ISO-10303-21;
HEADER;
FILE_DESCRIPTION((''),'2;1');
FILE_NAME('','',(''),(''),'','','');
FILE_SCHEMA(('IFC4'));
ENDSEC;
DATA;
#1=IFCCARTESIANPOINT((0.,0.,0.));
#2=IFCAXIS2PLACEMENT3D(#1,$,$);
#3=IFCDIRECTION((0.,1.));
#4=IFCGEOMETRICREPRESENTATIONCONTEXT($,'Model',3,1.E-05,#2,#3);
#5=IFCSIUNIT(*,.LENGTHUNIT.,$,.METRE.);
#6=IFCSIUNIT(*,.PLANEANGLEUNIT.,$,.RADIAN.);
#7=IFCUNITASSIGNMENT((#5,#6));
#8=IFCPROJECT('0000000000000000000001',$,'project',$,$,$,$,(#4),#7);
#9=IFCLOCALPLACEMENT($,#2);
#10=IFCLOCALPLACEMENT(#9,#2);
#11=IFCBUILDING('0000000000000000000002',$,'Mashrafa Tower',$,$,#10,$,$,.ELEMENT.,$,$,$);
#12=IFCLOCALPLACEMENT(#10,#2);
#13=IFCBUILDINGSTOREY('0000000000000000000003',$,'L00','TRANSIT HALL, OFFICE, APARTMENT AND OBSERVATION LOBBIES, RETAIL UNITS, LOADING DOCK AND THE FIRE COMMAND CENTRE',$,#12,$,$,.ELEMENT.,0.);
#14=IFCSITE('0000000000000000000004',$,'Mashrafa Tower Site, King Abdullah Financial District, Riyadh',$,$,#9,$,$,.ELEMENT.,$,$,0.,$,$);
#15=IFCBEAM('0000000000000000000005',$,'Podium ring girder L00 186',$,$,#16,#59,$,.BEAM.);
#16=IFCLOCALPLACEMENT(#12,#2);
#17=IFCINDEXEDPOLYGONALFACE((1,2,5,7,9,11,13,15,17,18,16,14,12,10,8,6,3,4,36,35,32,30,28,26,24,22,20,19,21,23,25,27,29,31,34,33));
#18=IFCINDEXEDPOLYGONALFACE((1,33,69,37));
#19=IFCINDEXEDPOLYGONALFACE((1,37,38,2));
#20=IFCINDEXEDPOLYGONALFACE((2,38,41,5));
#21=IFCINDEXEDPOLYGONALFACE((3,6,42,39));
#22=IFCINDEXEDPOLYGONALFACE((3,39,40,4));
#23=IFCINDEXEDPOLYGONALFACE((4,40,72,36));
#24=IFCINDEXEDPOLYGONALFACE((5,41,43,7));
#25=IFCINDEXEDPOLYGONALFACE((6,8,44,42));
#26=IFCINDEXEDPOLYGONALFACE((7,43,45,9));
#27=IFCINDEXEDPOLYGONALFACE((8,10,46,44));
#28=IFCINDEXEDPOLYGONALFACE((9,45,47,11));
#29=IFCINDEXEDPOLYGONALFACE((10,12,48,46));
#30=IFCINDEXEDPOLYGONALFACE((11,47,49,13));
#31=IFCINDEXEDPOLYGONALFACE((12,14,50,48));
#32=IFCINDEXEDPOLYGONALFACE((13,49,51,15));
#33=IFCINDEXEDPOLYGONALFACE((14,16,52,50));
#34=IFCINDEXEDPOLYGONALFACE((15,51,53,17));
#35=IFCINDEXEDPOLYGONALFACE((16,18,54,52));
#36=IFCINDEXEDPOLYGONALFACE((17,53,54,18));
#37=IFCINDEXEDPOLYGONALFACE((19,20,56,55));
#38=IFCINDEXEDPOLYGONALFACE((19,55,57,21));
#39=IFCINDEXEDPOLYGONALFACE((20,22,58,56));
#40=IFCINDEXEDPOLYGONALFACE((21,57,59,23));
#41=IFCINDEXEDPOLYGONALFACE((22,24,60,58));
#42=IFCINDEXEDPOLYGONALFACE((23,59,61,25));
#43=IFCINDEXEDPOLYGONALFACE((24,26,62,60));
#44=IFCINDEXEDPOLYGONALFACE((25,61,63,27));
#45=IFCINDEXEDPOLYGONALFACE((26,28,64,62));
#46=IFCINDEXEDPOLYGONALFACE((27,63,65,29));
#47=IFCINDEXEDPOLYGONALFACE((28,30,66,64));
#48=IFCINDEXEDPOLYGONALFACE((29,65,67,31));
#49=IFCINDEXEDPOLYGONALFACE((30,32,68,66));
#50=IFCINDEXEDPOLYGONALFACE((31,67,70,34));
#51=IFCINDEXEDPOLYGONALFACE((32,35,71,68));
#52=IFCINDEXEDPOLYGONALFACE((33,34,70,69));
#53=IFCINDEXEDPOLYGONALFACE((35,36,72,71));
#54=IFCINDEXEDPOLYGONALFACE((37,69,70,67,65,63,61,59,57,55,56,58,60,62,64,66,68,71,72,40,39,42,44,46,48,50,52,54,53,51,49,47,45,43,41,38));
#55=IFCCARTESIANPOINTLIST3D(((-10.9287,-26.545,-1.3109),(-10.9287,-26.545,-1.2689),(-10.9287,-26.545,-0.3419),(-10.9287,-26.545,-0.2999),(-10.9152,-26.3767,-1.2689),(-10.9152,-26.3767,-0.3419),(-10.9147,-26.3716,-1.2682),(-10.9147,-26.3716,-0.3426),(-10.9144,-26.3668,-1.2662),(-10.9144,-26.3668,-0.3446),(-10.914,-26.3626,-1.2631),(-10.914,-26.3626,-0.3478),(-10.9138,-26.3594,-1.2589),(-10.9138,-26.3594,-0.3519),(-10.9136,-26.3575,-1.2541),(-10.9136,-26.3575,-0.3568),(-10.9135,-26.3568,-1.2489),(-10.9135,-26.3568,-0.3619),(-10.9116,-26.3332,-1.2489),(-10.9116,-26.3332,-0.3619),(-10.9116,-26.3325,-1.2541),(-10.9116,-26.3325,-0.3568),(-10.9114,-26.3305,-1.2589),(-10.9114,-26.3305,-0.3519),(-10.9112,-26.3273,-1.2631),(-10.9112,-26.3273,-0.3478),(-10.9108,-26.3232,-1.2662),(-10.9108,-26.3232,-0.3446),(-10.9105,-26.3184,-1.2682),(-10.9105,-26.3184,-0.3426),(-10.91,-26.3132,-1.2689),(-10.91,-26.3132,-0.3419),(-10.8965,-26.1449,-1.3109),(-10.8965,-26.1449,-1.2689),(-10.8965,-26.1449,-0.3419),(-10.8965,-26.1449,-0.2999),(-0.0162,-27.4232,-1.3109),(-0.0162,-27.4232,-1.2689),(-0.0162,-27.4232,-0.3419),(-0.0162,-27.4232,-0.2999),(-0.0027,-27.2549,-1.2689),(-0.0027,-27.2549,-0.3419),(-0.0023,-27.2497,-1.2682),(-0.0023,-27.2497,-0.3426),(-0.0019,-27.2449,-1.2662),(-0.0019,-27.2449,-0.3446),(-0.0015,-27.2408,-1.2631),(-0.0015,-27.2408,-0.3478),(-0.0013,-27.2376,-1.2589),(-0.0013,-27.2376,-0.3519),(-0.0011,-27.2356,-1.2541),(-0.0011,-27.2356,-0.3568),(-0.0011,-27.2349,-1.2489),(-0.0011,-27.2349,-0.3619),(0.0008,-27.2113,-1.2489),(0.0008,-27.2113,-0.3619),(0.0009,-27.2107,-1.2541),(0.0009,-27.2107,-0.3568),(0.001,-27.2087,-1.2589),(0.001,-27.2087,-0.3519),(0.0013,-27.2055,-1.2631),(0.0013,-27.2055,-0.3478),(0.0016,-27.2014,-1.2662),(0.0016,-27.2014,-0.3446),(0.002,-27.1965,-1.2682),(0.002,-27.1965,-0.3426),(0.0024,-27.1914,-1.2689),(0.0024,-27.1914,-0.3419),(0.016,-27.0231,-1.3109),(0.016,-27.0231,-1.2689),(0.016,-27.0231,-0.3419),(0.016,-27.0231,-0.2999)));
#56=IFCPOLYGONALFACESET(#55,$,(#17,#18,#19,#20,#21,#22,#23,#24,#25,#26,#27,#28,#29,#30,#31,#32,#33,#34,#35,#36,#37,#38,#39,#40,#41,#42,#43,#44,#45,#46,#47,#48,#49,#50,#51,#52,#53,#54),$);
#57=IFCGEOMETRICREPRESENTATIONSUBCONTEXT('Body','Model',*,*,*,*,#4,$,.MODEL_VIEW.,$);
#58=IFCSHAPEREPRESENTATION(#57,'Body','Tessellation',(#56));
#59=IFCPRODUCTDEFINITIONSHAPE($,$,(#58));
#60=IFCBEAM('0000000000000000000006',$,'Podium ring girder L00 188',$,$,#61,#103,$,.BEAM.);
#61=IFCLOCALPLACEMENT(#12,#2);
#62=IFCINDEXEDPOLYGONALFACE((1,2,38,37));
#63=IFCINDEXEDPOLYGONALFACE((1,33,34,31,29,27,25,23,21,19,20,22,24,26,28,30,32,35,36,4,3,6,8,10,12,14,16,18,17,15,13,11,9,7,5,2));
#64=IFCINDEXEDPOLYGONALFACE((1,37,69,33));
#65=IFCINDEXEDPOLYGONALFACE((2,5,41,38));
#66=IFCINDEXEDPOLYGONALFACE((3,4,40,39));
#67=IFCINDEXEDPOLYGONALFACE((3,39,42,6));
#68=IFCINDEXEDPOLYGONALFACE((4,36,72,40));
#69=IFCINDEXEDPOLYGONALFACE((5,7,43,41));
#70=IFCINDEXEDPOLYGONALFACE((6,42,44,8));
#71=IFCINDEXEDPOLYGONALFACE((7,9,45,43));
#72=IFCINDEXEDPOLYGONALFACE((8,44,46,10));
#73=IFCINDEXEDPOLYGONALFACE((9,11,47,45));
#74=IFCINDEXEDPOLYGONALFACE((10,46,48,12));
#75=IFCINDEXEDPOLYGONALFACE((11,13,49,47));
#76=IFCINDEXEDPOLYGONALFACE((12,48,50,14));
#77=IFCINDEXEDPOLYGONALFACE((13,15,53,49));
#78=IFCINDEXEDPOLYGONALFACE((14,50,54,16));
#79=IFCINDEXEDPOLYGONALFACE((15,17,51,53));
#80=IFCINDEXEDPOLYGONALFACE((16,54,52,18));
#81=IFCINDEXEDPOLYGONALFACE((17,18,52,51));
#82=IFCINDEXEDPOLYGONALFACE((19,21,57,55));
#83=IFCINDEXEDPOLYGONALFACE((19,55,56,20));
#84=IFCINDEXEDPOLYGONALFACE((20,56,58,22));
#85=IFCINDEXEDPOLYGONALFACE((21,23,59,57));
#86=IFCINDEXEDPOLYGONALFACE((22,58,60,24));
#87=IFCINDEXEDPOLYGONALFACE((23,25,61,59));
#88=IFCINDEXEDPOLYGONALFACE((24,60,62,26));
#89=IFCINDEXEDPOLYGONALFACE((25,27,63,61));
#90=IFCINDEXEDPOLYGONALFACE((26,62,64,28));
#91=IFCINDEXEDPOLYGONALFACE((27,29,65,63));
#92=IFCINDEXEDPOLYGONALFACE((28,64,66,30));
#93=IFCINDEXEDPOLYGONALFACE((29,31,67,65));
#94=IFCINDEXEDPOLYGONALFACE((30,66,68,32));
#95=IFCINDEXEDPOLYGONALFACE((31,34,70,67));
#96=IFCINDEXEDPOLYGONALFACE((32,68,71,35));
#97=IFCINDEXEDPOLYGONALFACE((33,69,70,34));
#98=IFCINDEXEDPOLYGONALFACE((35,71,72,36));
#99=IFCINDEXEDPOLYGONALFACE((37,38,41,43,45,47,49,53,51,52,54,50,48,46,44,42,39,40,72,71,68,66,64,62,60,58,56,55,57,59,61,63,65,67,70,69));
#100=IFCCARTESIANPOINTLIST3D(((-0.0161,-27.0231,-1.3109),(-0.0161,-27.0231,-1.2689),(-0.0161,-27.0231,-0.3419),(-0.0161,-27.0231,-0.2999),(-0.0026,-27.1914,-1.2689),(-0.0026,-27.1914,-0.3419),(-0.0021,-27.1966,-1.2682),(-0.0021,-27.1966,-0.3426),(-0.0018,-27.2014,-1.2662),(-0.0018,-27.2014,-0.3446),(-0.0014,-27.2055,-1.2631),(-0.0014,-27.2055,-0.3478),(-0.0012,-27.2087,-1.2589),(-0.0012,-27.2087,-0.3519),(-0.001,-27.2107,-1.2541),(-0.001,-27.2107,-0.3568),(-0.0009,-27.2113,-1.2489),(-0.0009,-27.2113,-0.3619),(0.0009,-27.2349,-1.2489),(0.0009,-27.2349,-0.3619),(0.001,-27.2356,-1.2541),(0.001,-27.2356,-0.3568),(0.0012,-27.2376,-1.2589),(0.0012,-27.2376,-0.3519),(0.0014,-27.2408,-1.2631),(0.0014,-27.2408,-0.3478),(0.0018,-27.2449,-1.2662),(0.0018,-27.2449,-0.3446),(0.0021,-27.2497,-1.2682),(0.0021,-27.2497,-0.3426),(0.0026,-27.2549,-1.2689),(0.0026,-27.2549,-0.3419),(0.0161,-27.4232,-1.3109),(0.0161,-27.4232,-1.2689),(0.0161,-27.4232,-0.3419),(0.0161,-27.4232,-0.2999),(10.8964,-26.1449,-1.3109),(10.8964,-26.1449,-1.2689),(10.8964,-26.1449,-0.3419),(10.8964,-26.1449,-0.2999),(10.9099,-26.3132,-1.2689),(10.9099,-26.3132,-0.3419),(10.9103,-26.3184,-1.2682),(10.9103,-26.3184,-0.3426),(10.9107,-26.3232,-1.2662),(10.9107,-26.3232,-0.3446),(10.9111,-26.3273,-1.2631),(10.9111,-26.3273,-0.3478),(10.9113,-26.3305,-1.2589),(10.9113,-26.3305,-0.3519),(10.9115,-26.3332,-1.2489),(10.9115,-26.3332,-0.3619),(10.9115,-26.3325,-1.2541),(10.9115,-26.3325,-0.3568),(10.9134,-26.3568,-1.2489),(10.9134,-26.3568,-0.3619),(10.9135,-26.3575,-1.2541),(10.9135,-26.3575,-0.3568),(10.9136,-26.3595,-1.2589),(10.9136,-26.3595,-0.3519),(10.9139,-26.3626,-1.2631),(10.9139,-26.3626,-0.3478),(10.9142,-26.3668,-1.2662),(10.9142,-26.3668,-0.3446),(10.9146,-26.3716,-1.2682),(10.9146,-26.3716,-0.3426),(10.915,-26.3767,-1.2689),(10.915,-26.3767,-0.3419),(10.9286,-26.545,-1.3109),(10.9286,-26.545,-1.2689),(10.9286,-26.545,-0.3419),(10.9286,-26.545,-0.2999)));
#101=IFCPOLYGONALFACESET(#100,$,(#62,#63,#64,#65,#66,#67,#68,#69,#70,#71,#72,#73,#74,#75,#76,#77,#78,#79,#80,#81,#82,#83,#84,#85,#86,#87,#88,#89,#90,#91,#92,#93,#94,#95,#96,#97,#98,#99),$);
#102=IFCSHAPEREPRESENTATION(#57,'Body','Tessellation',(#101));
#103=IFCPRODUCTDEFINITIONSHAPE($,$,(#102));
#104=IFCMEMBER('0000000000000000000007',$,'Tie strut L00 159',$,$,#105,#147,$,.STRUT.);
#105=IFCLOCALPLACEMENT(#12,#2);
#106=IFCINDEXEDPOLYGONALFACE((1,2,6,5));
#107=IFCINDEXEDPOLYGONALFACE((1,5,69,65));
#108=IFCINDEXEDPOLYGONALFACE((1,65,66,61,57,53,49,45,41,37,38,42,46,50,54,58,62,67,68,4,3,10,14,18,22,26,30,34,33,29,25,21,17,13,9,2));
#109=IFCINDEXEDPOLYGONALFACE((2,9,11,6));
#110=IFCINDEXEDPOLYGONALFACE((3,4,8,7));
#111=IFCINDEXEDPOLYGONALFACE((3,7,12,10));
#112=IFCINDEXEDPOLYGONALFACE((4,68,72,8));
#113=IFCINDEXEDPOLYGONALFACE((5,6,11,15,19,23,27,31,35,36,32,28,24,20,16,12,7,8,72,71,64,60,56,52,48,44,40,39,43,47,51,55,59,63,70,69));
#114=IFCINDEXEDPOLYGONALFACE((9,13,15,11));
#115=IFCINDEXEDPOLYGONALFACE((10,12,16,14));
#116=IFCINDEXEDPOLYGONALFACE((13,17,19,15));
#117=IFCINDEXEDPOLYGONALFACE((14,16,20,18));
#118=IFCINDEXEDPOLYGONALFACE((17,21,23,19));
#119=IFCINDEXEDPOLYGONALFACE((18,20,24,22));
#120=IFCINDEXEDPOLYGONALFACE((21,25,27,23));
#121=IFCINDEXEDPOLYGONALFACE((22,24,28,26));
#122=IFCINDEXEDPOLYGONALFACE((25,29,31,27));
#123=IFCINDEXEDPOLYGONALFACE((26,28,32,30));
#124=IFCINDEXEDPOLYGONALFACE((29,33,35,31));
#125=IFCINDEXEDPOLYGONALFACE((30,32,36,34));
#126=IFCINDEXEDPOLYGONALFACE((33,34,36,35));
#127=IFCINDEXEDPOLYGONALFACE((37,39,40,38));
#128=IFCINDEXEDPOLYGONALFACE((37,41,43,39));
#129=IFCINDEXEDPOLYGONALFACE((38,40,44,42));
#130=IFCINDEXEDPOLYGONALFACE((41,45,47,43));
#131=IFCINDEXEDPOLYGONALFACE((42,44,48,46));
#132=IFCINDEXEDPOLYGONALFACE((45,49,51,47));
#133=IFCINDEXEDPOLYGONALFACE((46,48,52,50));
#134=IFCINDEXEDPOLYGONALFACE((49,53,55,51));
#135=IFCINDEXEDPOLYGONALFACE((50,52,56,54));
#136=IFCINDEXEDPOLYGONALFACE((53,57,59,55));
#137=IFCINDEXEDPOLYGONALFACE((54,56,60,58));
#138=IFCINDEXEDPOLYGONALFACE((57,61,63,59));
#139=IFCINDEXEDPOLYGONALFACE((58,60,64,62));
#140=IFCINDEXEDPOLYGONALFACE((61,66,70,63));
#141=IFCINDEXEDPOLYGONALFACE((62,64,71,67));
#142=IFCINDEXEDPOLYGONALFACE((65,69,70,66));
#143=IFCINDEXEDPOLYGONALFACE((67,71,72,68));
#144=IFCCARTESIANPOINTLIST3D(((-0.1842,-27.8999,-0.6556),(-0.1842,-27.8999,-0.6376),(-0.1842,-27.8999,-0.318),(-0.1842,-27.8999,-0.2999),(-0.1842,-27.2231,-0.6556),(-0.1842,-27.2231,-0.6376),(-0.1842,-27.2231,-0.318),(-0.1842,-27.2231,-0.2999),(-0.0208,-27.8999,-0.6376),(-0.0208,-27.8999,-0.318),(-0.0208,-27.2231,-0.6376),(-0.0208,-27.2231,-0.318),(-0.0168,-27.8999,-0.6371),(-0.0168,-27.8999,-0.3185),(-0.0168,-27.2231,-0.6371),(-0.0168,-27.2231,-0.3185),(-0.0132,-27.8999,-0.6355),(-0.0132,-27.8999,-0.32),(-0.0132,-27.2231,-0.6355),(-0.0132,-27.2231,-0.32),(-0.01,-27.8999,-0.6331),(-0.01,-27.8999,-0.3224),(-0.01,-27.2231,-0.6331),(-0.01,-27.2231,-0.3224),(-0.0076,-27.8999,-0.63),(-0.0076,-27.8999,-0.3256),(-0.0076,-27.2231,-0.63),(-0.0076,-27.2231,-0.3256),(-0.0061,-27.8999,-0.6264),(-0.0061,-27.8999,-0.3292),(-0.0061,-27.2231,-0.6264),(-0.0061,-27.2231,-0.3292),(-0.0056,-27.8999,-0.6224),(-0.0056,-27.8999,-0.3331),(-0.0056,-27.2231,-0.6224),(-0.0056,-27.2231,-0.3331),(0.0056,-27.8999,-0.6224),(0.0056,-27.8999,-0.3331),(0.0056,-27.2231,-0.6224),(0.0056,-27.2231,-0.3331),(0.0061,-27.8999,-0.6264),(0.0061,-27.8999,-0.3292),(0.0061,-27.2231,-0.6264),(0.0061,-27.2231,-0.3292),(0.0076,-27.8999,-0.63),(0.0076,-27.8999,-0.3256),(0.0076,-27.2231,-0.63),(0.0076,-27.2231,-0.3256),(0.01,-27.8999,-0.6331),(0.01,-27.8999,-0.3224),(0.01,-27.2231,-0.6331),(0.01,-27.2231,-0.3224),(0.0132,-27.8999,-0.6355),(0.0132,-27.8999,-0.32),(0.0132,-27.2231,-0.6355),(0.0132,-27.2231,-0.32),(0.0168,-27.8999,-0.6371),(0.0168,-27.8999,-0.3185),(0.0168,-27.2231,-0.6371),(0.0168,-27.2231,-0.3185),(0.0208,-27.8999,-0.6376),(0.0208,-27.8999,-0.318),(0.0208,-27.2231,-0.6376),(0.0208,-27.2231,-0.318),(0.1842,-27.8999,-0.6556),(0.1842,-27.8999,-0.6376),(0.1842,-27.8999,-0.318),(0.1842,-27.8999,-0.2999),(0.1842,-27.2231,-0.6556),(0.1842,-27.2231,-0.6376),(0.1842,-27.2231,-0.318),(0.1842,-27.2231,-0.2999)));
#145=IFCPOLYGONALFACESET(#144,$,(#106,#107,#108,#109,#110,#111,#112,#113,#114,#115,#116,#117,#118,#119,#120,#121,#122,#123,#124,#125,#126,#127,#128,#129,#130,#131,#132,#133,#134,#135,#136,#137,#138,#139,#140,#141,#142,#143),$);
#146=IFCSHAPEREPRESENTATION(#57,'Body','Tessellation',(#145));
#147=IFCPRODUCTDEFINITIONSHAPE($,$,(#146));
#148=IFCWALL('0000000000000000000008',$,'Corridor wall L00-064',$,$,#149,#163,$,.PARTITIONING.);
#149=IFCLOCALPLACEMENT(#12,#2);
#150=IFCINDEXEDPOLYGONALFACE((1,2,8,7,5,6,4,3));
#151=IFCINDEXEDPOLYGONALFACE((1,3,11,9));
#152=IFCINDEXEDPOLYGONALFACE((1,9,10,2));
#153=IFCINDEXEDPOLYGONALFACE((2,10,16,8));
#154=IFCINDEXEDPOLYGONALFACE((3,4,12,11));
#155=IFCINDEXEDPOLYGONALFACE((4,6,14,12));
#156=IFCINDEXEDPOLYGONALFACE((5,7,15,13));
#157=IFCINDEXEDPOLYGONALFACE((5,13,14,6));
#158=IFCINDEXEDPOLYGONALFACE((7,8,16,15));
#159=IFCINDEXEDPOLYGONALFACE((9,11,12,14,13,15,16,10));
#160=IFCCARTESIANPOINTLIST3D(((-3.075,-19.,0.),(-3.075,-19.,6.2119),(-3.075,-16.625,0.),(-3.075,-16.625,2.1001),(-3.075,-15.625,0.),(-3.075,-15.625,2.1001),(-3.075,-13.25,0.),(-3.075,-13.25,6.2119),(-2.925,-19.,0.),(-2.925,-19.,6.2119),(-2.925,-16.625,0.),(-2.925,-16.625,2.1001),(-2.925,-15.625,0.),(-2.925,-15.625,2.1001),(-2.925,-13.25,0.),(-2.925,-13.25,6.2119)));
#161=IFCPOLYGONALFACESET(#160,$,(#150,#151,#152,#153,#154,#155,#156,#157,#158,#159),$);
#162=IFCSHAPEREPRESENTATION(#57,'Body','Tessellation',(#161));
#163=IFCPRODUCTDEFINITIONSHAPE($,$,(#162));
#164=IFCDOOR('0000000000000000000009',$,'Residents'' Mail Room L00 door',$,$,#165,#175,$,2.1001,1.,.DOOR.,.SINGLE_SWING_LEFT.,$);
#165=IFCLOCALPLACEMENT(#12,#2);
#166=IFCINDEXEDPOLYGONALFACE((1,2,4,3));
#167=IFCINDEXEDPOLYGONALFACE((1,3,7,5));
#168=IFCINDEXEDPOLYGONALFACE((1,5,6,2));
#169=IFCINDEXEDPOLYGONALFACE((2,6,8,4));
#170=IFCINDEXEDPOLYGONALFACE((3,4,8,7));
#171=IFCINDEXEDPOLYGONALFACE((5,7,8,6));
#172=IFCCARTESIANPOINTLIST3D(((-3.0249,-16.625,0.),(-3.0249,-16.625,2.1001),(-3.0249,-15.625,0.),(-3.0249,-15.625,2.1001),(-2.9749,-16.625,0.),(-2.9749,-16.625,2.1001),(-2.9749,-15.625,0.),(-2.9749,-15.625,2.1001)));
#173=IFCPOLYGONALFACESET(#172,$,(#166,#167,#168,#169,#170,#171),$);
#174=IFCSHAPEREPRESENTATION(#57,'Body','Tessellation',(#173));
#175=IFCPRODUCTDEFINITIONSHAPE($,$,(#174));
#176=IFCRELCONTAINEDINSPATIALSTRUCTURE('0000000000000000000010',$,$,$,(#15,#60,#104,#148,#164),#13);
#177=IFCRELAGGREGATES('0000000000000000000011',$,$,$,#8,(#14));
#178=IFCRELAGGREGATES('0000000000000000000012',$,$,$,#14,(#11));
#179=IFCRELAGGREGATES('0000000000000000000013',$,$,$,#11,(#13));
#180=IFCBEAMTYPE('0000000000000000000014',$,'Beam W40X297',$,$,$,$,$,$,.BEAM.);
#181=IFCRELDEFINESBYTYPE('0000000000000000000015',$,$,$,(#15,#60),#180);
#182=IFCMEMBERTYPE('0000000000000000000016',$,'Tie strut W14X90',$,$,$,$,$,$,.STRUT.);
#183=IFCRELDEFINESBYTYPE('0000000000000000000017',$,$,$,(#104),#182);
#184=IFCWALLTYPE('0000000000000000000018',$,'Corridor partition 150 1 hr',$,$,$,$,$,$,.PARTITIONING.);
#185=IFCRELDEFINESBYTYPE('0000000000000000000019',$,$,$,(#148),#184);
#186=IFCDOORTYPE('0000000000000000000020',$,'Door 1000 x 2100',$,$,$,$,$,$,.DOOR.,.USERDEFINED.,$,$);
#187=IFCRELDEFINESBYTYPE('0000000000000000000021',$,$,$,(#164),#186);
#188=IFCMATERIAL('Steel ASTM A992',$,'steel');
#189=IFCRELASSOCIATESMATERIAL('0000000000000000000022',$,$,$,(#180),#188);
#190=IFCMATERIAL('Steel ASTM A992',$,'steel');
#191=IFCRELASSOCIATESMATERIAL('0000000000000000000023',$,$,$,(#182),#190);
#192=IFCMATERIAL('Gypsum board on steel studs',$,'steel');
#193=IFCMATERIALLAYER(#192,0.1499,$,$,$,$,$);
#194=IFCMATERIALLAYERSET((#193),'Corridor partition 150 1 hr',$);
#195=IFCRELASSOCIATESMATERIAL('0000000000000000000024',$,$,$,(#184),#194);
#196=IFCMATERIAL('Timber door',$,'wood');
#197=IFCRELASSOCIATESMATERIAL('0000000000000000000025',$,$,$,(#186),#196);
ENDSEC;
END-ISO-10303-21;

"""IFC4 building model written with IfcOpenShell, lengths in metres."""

from ifc_helpers import new_model, si_unit, direction, frame, frame_2d, origin, origin_2d, place, context, subcontext, project, spatial, rectangle, i_section, extrude, source, transform, mapped, material, layer, layer_set, material_profile, profile_set, type_object, type_shapes, element, fill, save


model = new_model("IFC4")

# Units and contexts
model_context = context("Model", 3, precision=1e-05, world=origin(), true_north=direction((0.0, 1.0)))
body_context = subcontext(model_context, "Body", "Model", "MODEL_VIEW")
ifc_project = project(units=[si_unit("LENGTHUNIT", "METRE"), si_unit("PLANEANGLEUNIT", "RADIAN")], contexts=[model_context])

# Site, building, storey
site_placement = place(None, origin())
site = spatial("IfcSite", under=ifc_project, at=site_placement, Name="Mashrafa Tower Site, King Abdullah Financial District, Riyadh", CompositionType="ELEMENT", RefElevation=0.0)
building_placement = place(site_placement, origin())
building = spatial("IfcBuilding", under=site, at=building_placement, Name="Mashrafa Tower", CompositionType="ELEMENT")
storey_placement = place(building_placement, origin())
storey = spatial("IfcBuildingStorey", under=building, at=storey_placement, Name="L00", Description="TRANSIT HALL, OFFICE, APARTMENT AND OBSERVATION LOBBIES, RETAIL UNITS, LOADING DOCK AND THE FIRE COMMAND CENTRE", CompositionType="ELEMENT", Elevation=0.0)

# Beams
ifc_material_1 = material(Name="Steel ASTM A992", Category="steel")
ifc_material_profile_1 = material_profile(ifc_material_1, i_section(OverallWidth=0.4014, OverallDepth=1.011, WebThickness=0.0237, FlangeThickness=0.042, FilletRadius=0.02, at=origin_2d()), Name="W40X297")
ifc_profile_set_1 = profile_set([ifc_material_profile_1], Name="Steel ASTM A992")
beam_type_1 = type_object("IfcBeamType", Name="Beam W40X297", PredefinedType="BEAM", material=ifc_profile_set_1)
for number, where, z_axis, x_axis, name in (
    (1, (-10.9126, -26.345, -0.8054), (0.996778, -0.080214, 0.0), (0.080214, 0.996778, 0.0), "Podium ring girder L00 186"),
    (2, (0.0, -27.2231, -0.8054), (0.996778, 0.080214, 0.0), (-0.080214, 0.996778, 0.0), "Podium ring girder L00 188"),
):
    element("IfcBeam", number, at=place(storey_placement, frame(where, z_axis=z_axis, x_axis=x_axis)), inside=storey, type_object=beam_type_1, Name=name, PredefinedType="BEAM", context=body_context, shape_type="SweptSolid", body=[
        extrude(i_section(OverallWidth=0.4014, OverallDepth=1.011, WebThickness=0.0237, FlangeThickness=0.042, FilletRadius=0.02, at=origin_2d()), origin(), (0.0, 0.0, 1.0), 10.9478),
    ])

# Member
ifc_material_2 = material(Name="Steel ASTM A992", Category="steel")
ifc_material_profile_2 = material_profile(ifc_material_2, i_section(OverallWidth=0.3684, OverallDepth=0.3557, WebThickness=0.0112, FlangeThickness=0.0181, FilletRadius=0.0151, at=origin_2d()), Name="W14X90")
ifc_profile_set_2 = profile_set([ifc_material_profile_2], Name="Steel ASTM A992")
member_type = type_object("IfcMemberType", Name="Tie strut W14X90", PredefinedType="STRUT", material=ifc_profile_set_2)
shared_shape = source(origin(), body_context, "Body", "SweptSolid", [
    extrude(i_section(OverallWidth=0.3684, OverallDepth=0.3557, WebThickness=0.0112, FlangeThickness=0.0181, FilletRadius=0.0151, at=origin_2d()), origin(), (0.0, 0.0, 1.0), 0.6768),
])
type_shapes(member_type, [shared_shape])
member_placement = place(storey_placement, frame((0.0, -27.2231, -0.4778), z_axis=(0.0, -1.0, 0.0), x_axis=(1.0, 0.0, 0.0)))
element("IfcMember", 3, at=member_placement, inside=storey, type_object=member_type, Name="Tie strut L00 159", PredefinedType="STRUT", context=body_context, shape_type="MappedRepresentation", body=[
    mapped(shared_shape, transform((0.0, 0.0, 0.0))),
])

# Wall, opening, door
ifc_material_3 = material(Name="Gypsum board on steel studs", Category="steel")
ifc_layer_1 = layer(ifc_material_3, 0.1499)
ifc_layer_set_1 = layer_set([ifc_layer_1], Name="Corridor partition 150 1 hr")
wall_type_1 = type_object("IfcWallType", Name="Corridor partition 150 1 hr", PredefinedType="PARTITIONING", material=ifc_layer_set_1)
wall_1_placement = place(storey_placement, frame((-3.0, -19.0, 0.0), z_axis=(0.0, 0.0, 1.0), x_axis=(0.0, 1.0, 0.0)))
wall_1 = element("IfcWall", 4, at=wall_1_placement, inside=storey, type_object=wall_type_1, Name="Corridor wall L00-064", PredefinedType="PARTITIONING", context=body_context, shape_type="SweptSolid", body=[
    extrude(rectangle(XDim=5.75, YDim=0.1499, at=frame_2d((2.875, 0.0))), origin(), (0.0, 0.0, 1.0), 6.2119),
])
opening_placement = place(wall_1_placement, frame((2.375, 0.0, 0.0)))
opening = element("IfcOpeningElement", 5, at=opening_placement, cuts=wall_1, PredefinedType="OPENING", context=body_context, shape_type="SweptSolid", body=[
    extrude(rectangle(XDim=1.0, YDim=2.1001, at=frame_2d((0.5, 1.05))), frame((0.0, 0.085, 0.0), z_axis=(0.0, -1.0, 0.0), x_axis=(1.0, 0.0, 0.0)), (0.0, 0.0, 1.0), 0.1699),
])
ifc_material_4 = material(Name="Timber door", Category="wood")
door_type = type_object("IfcDoorType", Name="Door 1000 x 2100", OperationType="USERDEFINED", PredefinedType="DOOR", material=ifc_material_4)
door_placement = place(opening_placement, origin())
door = element("IfcDoor", 6, at=door_placement, inside=storey, type_object=door_type, Name="Residents' Mail Room L00 door", OperationType="SINGLE_SWING_LEFT", OverallHeight=2.1001, OverallWidth=1.0, PredefinedType="DOOR", context=body_context, shape_type="SweptSolid", body=[
    extrude(rectangle(XDim=1.0, YDim=2.1001, at=frame_2d((0.5, 1.05))), frame((0.0, 0.0249, 0.0), z_axis=(0.0, -1.0, 0.0), x_axis=(1.0, 0.0, 0.0)), (0.0, 0.0, 1.0), 0.05),
])
fill(opening, door)

save(model, "model.ifc")
